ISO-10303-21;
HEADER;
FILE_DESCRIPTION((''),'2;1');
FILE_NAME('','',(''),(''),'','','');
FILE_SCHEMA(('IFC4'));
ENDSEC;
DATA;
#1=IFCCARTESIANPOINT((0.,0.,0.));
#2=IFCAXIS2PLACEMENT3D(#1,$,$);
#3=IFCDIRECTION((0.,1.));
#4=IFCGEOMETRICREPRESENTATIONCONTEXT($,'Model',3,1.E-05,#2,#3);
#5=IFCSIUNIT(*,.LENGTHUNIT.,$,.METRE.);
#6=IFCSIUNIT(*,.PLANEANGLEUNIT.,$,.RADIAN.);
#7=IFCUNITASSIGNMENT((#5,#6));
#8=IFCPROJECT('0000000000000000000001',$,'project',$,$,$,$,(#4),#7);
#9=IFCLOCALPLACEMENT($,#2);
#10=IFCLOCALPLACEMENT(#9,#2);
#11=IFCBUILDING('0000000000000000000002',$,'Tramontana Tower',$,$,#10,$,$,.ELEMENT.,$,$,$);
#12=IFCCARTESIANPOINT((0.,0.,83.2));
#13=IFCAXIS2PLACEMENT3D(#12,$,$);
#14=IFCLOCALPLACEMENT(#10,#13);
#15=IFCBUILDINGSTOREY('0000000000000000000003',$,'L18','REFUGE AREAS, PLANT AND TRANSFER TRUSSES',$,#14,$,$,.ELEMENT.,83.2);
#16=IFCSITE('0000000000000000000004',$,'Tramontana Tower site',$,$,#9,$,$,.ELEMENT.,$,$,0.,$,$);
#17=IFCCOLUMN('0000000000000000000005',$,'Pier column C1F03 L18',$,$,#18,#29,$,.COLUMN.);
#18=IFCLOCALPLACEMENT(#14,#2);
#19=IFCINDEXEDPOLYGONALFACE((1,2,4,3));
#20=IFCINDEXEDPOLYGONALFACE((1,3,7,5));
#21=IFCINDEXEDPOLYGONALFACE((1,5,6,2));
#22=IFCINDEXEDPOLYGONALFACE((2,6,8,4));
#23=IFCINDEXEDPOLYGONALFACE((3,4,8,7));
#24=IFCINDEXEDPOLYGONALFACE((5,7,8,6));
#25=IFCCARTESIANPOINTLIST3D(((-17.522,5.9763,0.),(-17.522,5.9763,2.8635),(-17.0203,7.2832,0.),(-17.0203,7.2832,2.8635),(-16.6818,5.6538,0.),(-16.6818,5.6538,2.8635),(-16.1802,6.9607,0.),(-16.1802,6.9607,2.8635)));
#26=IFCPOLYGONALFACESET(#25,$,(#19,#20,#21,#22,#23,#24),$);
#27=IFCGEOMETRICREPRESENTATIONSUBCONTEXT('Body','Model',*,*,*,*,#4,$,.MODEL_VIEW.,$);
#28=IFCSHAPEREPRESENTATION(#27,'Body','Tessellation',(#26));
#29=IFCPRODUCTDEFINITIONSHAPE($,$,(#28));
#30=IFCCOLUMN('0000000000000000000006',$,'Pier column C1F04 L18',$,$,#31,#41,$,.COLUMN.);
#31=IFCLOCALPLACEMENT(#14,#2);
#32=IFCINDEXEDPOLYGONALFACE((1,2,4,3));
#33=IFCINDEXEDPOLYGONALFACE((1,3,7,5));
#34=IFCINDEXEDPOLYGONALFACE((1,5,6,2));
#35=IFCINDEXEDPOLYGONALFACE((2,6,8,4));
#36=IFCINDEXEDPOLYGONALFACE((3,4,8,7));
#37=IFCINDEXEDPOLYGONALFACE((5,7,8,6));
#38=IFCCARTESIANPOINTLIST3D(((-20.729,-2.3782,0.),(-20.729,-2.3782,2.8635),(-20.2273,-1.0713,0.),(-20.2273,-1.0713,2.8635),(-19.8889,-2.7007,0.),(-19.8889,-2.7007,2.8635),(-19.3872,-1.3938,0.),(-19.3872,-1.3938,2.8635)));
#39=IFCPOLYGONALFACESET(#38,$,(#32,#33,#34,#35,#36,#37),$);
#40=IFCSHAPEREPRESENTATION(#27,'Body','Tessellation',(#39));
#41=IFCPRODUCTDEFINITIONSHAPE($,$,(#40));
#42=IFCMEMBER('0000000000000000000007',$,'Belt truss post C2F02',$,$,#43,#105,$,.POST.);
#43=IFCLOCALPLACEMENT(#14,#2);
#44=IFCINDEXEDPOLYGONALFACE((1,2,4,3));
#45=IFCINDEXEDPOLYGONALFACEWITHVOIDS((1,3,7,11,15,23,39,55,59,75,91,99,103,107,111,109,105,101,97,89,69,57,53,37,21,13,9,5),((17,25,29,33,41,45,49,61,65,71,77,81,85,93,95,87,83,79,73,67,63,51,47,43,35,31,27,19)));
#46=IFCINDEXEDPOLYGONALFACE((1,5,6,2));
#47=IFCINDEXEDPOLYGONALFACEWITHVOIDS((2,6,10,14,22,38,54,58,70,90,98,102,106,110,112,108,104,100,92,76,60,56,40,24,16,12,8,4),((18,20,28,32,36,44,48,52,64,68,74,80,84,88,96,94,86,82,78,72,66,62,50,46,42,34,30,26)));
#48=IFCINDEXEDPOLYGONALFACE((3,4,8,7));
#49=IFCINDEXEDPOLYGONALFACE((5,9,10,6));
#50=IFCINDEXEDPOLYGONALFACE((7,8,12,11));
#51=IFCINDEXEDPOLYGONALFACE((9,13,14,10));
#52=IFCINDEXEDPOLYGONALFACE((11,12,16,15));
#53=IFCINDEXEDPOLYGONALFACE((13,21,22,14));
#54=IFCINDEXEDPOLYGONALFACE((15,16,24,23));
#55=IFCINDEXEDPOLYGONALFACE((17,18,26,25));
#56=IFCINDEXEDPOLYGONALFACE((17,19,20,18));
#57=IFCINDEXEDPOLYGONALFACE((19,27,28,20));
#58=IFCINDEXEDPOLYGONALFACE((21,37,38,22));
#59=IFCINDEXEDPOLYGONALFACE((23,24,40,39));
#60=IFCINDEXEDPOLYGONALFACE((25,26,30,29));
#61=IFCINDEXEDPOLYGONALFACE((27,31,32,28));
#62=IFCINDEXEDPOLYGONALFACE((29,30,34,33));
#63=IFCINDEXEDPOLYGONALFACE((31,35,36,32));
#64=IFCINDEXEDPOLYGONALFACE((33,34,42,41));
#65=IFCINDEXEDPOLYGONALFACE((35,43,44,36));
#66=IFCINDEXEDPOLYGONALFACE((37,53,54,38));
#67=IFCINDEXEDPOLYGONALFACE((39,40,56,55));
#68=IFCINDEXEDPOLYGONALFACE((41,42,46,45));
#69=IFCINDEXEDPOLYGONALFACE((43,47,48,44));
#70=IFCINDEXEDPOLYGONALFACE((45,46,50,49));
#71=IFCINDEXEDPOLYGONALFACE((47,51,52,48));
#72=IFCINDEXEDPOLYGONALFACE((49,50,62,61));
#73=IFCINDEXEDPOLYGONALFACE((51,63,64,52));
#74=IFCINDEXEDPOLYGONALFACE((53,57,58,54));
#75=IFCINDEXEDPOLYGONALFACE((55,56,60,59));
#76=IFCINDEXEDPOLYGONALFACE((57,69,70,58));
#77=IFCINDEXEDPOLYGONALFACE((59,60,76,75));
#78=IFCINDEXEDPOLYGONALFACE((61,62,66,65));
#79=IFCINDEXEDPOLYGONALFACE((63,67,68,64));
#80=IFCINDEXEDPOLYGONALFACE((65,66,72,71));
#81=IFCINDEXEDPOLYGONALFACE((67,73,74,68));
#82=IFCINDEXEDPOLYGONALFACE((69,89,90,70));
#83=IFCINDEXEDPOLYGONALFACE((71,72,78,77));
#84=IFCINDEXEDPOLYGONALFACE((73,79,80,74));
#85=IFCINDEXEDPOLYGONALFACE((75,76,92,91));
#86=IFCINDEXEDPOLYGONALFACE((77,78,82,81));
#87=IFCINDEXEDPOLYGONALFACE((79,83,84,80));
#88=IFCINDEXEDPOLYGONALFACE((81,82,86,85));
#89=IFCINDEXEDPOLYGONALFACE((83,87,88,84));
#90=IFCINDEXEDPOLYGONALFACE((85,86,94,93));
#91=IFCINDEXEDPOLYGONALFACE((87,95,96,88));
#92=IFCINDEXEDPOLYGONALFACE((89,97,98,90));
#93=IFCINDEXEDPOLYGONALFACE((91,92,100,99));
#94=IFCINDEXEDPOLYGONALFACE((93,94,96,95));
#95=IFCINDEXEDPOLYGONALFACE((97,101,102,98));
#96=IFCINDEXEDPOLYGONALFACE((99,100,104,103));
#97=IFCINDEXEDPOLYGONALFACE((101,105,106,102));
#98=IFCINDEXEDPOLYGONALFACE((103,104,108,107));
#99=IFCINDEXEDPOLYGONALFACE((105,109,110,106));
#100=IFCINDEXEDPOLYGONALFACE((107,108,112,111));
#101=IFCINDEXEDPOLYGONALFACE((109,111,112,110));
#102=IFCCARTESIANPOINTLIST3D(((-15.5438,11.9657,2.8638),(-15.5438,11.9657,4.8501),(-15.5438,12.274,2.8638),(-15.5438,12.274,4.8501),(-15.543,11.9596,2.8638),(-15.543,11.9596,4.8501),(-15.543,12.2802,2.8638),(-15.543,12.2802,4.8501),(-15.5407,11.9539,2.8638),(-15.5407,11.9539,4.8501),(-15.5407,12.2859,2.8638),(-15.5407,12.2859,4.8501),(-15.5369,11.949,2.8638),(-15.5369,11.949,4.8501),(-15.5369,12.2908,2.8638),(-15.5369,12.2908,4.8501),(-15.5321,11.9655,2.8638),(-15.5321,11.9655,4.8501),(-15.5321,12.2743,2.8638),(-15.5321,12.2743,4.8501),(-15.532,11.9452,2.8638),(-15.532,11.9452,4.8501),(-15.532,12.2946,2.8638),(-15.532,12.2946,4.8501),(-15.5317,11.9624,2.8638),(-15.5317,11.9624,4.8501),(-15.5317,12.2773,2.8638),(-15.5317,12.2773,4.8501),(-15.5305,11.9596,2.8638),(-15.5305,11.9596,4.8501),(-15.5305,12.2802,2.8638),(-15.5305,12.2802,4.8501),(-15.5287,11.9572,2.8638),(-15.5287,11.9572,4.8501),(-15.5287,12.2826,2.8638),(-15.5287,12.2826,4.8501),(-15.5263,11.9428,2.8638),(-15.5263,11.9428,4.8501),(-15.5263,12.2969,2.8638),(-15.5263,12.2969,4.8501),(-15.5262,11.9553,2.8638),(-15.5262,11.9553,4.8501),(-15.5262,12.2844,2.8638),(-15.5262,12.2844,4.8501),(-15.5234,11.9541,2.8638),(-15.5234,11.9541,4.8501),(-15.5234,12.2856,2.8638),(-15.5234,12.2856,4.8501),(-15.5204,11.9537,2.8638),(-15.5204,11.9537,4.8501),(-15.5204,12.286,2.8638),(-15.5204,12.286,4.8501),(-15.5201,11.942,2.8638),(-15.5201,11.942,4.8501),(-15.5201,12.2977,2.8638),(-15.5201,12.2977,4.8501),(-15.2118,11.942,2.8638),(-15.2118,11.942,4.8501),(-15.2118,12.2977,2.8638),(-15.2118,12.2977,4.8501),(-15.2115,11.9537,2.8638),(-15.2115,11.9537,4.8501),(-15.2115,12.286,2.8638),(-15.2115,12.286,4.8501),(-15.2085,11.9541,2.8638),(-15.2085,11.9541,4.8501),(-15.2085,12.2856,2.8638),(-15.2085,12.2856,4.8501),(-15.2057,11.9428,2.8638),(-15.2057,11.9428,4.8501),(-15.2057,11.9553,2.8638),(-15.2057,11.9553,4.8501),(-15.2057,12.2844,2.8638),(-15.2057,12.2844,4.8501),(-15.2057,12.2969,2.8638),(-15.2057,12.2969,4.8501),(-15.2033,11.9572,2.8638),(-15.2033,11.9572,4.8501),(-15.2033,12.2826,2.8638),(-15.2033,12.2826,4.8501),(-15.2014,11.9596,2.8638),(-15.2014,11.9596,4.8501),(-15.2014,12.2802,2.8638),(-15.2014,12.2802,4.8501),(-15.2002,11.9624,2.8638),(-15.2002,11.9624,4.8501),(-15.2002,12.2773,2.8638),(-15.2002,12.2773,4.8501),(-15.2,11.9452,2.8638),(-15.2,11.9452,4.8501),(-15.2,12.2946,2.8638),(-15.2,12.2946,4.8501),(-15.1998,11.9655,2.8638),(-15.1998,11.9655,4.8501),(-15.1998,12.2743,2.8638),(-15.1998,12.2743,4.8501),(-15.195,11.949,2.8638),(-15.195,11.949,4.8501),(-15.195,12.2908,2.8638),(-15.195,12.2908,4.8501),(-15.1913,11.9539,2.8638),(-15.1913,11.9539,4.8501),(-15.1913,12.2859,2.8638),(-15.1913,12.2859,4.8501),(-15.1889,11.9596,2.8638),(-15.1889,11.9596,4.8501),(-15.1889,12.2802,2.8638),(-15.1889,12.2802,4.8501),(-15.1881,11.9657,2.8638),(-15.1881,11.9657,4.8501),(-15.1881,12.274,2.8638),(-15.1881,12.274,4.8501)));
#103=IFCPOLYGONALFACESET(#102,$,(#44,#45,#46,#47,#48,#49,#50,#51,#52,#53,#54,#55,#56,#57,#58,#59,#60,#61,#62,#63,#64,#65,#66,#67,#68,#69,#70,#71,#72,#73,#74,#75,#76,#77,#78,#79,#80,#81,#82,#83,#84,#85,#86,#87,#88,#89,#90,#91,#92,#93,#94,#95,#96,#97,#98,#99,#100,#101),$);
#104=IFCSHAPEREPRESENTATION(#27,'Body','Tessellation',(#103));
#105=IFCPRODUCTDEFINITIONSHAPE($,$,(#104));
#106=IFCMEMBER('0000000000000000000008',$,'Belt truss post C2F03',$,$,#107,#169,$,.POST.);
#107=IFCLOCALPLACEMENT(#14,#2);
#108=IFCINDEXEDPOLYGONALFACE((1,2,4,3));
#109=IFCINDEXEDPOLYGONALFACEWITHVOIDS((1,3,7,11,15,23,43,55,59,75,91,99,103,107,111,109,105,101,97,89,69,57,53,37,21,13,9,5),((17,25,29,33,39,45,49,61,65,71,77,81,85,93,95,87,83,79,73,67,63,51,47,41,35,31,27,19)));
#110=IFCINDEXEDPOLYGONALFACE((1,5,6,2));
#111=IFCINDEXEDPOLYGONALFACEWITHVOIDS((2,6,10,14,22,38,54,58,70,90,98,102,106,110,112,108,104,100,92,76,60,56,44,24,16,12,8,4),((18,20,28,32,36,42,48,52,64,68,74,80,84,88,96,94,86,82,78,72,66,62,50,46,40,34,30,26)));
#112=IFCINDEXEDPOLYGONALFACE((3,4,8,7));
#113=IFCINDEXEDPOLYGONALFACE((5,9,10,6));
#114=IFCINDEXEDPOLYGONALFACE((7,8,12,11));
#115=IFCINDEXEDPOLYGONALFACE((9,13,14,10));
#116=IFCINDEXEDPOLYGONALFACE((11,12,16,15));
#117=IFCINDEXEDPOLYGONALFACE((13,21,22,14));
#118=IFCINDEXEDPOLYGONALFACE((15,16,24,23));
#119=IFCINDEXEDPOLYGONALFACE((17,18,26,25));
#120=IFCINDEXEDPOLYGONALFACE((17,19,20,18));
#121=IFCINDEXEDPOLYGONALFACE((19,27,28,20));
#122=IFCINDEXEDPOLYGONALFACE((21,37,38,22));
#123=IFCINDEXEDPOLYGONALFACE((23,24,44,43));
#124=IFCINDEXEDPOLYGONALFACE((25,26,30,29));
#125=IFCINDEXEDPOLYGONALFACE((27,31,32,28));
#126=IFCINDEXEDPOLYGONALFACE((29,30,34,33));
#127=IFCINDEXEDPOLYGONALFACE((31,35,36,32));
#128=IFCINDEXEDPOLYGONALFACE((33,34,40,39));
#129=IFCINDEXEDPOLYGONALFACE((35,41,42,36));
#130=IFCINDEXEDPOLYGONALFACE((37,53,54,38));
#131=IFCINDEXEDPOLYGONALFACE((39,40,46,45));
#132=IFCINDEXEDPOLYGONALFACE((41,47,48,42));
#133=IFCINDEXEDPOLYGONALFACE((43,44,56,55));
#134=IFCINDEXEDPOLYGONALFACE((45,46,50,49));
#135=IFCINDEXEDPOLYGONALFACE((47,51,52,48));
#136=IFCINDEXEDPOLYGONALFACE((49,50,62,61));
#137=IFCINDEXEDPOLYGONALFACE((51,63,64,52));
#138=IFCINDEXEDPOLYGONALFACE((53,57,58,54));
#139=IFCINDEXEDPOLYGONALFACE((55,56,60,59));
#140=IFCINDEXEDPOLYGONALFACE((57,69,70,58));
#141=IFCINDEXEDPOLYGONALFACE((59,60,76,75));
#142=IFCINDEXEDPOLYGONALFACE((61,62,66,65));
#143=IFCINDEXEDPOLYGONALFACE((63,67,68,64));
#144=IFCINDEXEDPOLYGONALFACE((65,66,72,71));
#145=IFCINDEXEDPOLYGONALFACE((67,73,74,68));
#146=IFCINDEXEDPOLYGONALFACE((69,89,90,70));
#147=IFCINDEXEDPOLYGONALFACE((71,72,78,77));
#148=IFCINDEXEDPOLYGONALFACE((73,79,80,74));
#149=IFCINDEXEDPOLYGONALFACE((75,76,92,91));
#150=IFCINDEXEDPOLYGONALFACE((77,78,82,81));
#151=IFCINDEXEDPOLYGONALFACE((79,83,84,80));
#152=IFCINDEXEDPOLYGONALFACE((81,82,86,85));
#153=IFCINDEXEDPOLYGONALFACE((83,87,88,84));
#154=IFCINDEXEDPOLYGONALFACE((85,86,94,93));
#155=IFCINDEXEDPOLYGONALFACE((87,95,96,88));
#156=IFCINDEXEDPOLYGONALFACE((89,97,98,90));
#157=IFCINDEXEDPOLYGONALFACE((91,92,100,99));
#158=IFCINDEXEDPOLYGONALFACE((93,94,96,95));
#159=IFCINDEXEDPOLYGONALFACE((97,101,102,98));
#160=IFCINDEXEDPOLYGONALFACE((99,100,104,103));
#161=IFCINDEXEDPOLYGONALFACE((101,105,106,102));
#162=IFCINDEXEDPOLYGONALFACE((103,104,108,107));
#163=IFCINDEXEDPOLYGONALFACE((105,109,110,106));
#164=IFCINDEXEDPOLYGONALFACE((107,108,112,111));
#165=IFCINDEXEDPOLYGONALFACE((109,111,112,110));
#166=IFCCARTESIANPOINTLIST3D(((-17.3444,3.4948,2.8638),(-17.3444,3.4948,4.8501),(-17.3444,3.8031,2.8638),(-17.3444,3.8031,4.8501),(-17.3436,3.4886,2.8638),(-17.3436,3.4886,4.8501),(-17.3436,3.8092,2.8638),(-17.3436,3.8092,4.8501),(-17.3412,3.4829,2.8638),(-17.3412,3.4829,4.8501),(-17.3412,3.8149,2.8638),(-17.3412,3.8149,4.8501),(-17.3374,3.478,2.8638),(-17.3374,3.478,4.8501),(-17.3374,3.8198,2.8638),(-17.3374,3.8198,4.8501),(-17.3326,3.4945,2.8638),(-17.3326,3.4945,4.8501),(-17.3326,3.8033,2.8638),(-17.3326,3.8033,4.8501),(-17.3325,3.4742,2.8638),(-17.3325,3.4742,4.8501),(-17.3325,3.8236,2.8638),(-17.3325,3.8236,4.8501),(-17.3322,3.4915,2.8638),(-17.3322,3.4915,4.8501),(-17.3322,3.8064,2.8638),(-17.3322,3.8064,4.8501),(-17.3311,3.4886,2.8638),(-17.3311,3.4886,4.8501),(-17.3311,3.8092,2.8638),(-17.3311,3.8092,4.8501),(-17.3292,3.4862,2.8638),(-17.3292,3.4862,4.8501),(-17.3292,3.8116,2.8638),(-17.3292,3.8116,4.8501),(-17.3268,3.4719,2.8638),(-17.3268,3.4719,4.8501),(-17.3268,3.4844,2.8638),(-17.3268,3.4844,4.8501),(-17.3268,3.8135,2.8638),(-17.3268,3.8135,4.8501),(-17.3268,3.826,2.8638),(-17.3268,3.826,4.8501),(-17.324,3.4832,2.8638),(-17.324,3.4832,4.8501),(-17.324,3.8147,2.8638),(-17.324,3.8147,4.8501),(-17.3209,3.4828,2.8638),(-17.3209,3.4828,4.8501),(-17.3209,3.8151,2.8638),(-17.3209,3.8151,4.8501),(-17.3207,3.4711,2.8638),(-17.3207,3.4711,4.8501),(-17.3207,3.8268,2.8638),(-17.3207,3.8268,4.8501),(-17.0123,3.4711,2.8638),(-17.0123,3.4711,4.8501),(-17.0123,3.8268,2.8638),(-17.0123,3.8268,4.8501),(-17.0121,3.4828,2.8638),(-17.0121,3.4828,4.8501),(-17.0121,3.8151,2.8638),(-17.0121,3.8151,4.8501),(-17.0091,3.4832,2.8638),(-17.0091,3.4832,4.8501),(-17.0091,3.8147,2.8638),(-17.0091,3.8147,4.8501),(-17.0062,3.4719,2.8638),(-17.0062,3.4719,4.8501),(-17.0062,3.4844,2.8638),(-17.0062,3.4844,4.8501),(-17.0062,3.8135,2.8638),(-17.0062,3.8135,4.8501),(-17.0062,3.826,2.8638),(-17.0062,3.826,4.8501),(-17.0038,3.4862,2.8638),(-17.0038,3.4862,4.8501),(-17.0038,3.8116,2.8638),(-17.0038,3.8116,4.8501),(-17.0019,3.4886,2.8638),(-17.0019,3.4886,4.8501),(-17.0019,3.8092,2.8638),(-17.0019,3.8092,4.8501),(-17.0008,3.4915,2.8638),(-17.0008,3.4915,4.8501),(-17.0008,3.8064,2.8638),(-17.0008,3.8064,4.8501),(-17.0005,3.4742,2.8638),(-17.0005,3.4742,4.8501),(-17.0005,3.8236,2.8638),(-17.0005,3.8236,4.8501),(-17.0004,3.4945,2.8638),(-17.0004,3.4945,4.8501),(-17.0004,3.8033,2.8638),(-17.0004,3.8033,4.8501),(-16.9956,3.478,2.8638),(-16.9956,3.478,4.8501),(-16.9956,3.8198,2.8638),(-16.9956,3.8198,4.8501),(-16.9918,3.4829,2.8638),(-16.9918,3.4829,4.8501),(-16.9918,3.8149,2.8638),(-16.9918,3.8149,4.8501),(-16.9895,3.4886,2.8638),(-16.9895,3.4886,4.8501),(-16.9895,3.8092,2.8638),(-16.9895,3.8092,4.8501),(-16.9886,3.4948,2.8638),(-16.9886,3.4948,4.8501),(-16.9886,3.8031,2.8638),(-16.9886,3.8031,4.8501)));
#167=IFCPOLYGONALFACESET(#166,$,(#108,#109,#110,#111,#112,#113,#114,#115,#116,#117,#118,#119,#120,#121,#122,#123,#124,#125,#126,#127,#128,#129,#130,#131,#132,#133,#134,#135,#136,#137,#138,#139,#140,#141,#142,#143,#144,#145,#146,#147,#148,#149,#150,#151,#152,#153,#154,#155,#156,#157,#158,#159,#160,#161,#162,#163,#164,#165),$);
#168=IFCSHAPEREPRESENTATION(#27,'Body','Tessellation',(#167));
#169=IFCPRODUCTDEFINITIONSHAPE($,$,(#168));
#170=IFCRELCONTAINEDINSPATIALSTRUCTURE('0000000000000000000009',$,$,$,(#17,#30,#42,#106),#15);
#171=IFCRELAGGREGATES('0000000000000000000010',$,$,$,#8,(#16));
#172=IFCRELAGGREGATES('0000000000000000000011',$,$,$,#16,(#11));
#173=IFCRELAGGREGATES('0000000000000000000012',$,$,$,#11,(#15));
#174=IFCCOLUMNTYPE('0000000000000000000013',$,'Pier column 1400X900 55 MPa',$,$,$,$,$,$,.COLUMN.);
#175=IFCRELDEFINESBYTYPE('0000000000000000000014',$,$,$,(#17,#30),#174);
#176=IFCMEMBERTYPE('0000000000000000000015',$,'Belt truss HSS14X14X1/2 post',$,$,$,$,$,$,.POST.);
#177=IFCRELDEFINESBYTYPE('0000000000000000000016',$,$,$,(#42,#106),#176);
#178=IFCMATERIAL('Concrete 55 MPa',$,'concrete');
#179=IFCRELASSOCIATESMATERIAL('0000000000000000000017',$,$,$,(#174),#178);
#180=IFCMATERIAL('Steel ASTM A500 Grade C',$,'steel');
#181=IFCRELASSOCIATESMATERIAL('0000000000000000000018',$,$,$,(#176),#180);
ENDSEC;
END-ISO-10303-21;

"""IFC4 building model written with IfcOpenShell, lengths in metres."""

from ifc_helpers import new_model, si_unit, direction, frame, origin, origin_2d, place, context, subcontext, project, spatial, rectangle, hollow_rectangle, extrude, material, material_profile, profile_set, type_object, element, save


model = new_model("IFC4")

# Units and contexts
model_context = context("Model", 3, precision=1e-05, world=origin(), true_north=direction((0.0, 1.0)))
body_context = subcontext(model_context, "Body", "Model", "MODEL_VIEW")
ifc_project = project(units=[si_unit("LENGTHUNIT", "METRE"), si_unit("PLANEANGLEUNIT", "RADIAN")], contexts=[model_context])

# Site, building, storey
site_placement = place(None, origin())
site = spatial("IfcSite", under=ifc_project, at=site_placement, Name="Tramontana Tower site", CompositionType="ELEMENT", RefElevation=0.0)
building_placement = place(site_placement, origin())
building = spatial("IfcBuilding", under=site, at=building_placement, Name="Tramontana Tower", CompositionType="ELEMENT")
storey_placement = place(building_placement, frame((0.0, 0.0, 83.2)))
storey = spatial("IfcBuildingStorey", under=building, at=storey_placement, Name="L18", Description="REFUGE AREAS, PLANT AND TRANSFER TRUSSES", CompositionType="ELEMENT", Elevation=83.2)

# Columns
ifc_material_1 = material(Name="Concrete 55 MPa", Category="concrete")
ifc_material_profile_1 = material_profile(ifc_material_1, rectangle(XDim=1.3999, YDim=0.8999, at=origin_2d()), Name="Pier column 1400X900 55 MPa")
ifc_profile_set_1 = profile_set([ifc_material_profile_1], Name="Concrete 55 MPa")
column_type = type_object("IfcColumnType", Name="Pier column 1400X900 55 MPa", PredefinedType="COLUMN", material=ifc_profile_set_1)
for number, where, z_axis, x_axis, name in (
    (1, (-16.8511, 6.4685, 0.0), (0.0, 0.0, 1.0), (-0.358368, -0.93358, 0.0), "Pier column C1F03 L18"),
    (2, (-20.0581, -1.886, 0.0), (0.0, 0.0, 1.0), (-0.358368, -0.93358, 0.0), "Pier column C1F04 L18"),
):
    element("IfcColumn", number, at=place(storey_placement, frame(where, z_axis=z_axis, x_axis=x_axis)), inside=storey, type_object=column_type, Name=name, PredefinedType="COLUMN", context=body_context, shape_type="SweptSolid", body=[
        extrude(rectangle(XDim=1.3999, YDim=0.8999, at=origin_2d()), origin(), (0.0, 0.0, 1.0), 2.8635),
    ])

# Members
ifc_material_2 = material(Name="Steel ASTM A500 Grade C", Category="steel")
ifc_material_profile_2 = material_profile(ifc_material_2, hollow_rectangle(XDim=0.3557, YDim=0.3557, WallThickness=0.0117, InnerFilletRadius=0.0117, OuterFilletRadius=0.0237, at=origin_2d()), Name="HSS14X14X1/2")
ifc_profile_set_2 = profile_set([ifc_material_profile_2], Name="Steel ASTM A500 Grade C")
member_type_1 = type_object("IfcMemberType", Name="Belt truss HSS14X14X1/2 post", PredefinedType="POST", material=ifc_profile_set_2)
for number, where, z_axis, x_axis, name in (
    (3, (-15.366, 12.1199, 2.8638), (0.0, 0.0, 1.0), (1.0, 0.0, 0.0), "Belt truss post C2F02"),
    (4, (-17.1665, 3.6489, 2.8638), (0.0, 0.0, 1.0), (1.0, 0.0, 0.0), "Belt truss post C2F03"),
):
    element("IfcMember", number, at=place(storey_placement, frame(where, z_axis=z_axis, x_axis=x_axis)), inside=storey, type_object=member_type_1, Name=name, PredefinedType="POST", context=body_context, shape_type="SweptSolid", body=[
        extrude(hollow_rectangle(XDim=0.3557, YDim=0.3557, WallThickness=0.0117, InnerFilletRadius=0.0117, OuterFilletRadius=0.0237, at=origin_2d()), origin(), (0.0, 0.0, 1.0), 1.9863),
    ])

save(model, "model.ifc")
